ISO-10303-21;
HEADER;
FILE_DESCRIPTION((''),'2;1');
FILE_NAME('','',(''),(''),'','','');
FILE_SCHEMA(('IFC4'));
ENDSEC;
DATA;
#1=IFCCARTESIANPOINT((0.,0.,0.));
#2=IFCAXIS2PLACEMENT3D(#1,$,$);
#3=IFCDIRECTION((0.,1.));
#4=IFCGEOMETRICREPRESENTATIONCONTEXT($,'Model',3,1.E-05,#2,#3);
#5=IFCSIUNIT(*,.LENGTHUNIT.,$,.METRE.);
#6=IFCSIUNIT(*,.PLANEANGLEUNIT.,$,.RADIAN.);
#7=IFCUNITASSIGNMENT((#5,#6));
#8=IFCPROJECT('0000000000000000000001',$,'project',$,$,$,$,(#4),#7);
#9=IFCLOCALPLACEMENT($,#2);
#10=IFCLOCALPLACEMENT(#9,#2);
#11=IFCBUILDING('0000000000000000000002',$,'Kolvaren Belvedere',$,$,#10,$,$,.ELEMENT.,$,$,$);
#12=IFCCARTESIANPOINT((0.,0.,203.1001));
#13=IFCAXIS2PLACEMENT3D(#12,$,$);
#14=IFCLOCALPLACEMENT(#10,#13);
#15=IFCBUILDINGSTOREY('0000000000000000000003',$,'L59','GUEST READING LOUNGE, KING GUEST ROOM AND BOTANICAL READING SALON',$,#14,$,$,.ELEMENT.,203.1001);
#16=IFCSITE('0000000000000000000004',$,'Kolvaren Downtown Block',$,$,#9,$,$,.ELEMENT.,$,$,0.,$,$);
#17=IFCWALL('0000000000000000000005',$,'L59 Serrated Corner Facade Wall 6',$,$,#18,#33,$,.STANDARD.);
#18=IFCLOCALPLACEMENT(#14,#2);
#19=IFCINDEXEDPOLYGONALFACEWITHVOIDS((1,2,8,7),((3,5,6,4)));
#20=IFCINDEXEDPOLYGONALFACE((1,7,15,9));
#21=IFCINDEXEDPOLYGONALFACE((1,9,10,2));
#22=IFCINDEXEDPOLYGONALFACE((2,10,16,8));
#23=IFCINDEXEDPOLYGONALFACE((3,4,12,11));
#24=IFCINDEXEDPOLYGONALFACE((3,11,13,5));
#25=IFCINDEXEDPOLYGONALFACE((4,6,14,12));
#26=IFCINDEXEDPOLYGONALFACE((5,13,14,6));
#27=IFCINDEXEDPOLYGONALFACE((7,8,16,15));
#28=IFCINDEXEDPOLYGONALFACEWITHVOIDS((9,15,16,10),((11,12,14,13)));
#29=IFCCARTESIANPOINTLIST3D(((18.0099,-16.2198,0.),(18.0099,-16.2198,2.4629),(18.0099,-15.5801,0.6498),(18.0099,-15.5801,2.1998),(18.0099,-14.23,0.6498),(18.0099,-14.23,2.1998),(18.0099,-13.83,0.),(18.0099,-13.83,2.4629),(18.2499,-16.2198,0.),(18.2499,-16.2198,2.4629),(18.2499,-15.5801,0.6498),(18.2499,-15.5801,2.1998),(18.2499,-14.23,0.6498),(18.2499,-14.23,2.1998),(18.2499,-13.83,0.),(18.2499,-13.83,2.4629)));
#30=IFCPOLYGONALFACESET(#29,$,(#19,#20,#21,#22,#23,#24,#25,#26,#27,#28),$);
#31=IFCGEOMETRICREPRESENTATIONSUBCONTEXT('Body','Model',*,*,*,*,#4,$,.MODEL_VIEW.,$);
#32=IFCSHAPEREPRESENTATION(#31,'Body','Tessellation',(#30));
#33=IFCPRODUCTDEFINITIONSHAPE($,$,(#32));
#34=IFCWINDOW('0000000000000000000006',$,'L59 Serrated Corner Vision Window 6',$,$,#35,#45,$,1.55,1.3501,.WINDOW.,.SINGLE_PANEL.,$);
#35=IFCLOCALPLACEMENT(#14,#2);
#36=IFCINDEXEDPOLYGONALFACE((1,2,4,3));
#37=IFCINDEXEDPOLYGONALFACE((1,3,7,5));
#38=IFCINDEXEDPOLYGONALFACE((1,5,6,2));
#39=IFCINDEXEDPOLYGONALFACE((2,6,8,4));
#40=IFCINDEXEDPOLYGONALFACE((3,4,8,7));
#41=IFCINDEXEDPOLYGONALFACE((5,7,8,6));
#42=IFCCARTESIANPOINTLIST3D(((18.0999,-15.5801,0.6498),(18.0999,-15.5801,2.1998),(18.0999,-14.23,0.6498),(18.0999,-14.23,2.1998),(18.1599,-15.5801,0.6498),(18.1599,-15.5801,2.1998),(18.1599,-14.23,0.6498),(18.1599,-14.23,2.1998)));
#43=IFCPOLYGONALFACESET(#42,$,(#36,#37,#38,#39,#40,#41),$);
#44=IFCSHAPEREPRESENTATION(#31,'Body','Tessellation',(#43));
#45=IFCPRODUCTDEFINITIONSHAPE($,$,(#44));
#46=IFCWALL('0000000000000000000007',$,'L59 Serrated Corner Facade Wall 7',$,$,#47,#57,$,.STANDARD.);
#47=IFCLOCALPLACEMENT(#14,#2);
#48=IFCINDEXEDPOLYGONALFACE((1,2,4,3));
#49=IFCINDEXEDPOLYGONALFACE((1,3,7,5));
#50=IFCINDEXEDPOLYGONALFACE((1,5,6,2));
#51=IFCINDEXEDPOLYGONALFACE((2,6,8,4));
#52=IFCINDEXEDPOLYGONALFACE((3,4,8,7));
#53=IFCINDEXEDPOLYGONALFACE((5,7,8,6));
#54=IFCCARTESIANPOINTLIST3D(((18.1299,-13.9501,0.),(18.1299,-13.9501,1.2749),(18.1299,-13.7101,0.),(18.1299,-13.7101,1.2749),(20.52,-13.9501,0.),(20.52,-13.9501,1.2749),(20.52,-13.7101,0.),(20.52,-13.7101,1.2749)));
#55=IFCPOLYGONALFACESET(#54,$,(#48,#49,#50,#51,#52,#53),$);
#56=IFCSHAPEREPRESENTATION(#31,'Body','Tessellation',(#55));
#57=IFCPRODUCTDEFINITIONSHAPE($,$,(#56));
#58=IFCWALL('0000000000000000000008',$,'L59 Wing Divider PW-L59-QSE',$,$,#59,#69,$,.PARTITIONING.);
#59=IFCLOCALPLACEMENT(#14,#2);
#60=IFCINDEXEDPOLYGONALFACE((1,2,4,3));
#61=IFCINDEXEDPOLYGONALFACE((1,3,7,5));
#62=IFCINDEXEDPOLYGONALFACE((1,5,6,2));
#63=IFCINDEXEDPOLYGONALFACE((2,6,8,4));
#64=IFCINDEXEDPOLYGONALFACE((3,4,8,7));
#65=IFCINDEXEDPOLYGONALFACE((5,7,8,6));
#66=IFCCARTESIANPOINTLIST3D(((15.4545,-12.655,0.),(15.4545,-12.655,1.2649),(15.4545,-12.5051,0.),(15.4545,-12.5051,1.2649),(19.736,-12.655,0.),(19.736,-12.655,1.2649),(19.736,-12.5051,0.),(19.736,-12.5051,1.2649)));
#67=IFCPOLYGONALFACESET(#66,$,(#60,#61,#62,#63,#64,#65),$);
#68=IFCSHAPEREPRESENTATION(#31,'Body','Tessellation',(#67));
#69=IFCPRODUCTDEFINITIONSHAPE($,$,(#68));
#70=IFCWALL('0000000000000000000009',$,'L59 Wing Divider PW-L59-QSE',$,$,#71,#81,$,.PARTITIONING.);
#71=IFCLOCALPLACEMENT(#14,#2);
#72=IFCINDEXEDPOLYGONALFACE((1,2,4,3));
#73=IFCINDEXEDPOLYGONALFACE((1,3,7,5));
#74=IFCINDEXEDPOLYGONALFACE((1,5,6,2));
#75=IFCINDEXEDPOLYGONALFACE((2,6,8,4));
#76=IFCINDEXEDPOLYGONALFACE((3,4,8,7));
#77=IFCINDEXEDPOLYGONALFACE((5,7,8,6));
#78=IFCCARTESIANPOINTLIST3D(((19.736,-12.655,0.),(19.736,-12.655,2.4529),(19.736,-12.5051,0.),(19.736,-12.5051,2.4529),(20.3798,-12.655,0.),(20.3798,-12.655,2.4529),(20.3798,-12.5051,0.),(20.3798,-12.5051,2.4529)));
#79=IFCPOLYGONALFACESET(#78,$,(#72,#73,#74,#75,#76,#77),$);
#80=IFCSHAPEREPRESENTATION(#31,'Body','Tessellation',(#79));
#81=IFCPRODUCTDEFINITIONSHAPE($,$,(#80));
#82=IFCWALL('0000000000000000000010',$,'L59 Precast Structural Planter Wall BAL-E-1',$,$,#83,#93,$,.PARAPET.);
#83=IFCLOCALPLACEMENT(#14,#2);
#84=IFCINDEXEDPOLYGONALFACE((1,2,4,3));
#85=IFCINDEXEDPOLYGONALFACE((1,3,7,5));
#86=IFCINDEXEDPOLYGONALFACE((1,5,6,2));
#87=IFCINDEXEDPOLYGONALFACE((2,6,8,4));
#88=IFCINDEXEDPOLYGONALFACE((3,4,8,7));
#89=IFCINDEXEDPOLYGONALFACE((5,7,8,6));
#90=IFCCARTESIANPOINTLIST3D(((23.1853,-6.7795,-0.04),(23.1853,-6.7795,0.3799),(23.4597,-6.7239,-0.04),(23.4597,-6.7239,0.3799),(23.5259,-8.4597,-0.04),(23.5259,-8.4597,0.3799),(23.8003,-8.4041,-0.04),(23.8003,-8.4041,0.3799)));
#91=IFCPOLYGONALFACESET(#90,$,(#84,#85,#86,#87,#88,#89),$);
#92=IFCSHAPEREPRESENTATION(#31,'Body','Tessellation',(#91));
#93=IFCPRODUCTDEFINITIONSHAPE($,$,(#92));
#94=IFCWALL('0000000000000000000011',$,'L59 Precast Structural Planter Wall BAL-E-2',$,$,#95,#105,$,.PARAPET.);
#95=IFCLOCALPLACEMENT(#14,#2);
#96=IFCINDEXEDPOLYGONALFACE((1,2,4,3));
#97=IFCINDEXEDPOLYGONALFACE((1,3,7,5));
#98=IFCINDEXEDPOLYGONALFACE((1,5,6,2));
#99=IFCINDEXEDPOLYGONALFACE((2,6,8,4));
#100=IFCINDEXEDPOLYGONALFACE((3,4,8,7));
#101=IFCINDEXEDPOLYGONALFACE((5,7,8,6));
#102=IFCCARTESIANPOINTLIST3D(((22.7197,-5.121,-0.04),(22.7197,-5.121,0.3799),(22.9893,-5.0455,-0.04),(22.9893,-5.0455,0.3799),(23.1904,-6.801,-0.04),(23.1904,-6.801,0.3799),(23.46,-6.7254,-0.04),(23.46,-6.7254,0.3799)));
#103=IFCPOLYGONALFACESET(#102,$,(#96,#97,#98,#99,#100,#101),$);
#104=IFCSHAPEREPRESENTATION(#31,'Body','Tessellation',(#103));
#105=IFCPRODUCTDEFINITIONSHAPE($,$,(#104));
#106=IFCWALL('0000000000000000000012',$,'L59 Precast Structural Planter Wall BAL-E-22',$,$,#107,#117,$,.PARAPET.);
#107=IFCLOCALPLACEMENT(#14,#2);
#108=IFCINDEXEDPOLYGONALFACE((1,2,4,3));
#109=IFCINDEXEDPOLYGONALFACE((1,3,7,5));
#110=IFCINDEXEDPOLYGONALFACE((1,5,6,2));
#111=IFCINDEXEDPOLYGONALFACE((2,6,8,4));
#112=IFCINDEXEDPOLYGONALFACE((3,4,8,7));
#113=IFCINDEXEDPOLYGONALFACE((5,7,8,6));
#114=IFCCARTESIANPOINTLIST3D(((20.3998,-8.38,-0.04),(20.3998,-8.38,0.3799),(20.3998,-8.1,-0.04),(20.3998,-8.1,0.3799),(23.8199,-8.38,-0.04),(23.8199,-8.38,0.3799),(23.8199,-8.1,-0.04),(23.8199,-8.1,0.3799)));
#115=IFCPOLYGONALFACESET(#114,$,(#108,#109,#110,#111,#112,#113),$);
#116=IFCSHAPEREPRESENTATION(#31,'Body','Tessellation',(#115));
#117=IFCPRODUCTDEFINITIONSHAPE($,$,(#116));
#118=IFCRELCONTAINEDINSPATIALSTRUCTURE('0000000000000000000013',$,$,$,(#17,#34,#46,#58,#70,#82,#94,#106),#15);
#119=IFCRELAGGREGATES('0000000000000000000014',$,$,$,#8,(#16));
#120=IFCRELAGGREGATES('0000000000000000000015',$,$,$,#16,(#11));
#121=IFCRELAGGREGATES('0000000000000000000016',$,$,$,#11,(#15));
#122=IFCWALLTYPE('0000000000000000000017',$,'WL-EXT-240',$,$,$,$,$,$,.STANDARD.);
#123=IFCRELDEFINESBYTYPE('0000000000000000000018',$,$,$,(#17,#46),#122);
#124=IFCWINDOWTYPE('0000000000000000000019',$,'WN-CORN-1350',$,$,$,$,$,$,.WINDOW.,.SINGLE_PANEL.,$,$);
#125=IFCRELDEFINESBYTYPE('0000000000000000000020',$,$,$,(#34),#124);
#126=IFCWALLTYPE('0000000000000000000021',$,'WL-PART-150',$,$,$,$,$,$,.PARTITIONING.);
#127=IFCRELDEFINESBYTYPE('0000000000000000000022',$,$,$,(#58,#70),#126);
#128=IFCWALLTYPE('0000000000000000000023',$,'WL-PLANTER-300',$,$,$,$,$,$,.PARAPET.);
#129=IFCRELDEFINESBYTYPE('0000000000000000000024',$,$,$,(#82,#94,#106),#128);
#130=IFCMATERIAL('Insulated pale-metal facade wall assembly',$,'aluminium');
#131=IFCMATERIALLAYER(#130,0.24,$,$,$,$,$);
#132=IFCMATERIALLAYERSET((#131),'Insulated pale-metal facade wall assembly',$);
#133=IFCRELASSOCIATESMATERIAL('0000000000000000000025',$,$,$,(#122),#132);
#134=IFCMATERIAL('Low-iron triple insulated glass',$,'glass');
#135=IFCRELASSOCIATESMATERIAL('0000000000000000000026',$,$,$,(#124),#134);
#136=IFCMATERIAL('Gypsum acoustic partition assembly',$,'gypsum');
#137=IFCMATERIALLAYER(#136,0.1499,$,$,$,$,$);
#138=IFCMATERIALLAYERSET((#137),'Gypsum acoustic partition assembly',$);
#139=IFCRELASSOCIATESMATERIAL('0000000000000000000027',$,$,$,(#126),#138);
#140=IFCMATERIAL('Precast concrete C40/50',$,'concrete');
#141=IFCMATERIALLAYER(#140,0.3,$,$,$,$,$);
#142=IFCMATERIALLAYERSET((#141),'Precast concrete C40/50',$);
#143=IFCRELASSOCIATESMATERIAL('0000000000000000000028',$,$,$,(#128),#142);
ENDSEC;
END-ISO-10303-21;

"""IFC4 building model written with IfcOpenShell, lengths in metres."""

from ifc_helpers import new_model, si_unit, direction, frame, frame_2d, origin, place, context, subcontext, project, spatial, rectangle, extrude, material, layer, layer_set, type_object, element, fill, save


model = new_model("IFC4")

# Units and contexts
model_context = context("Model", 3, precision=1e-05, world=origin(), true_north=direction((0.0, 1.0)))
body_context = subcontext(model_context, "Body", "Model", "MODEL_VIEW")
ifc_project = project(units=[si_unit("LENGTHUNIT", "METRE"), si_unit("PLANEANGLEUNIT", "RADIAN")], contexts=[model_context])

# Site, building, storey
site_placement = place(None, origin())
site = spatial("IfcSite", under=ifc_project, at=site_placement, Name="Kolvaren Downtown Block", CompositionType="ELEMENT", RefElevation=0.0)
building_placement = place(site_placement, origin())
building = spatial("IfcBuilding", under=site, at=building_placement, Name="Kolvaren Belvedere", CompositionType="ELEMENT")
storey_placement = place(building_placement, frame((0.0, 0.0, 203.1001)))
storey = spatial("IfcBuildingStorey", under=building, at=storey_placement, Name="L59", Description="GUEST READING LOUNGE, KING GUEST ROOM AND BOTANICAL READING SALON", CompositionType="ELEMENT", Elevation=203.1001)

# Shared definitions
ifc_material_1 = material(Name="Insulated pale-metal facade wall assembly", Category="aluminium")
ifc_layer_1 = layer(ifc_material_1, 0.24)
ifc_layer_set_1 = layer_set([ifc_layer_1], Name="Insulated pale-metal facade wall assembly")
wall_type_1 = type_object("IfcWallType", Name="WL-EXT-240", PredefinedType="STANDARD", material=ifc_layer_set_1)

# Wall, opening, window
ifc_material_2 = material(Name="Low-iron triple insulated glass", Category="glass")
window_type_1 = type_object("IfcWindowType", Name="WN-CORN-1350", PartitioningType="SINGLE_PANEL", PredefinedType="WINDOW", material=ifc_material_2)
wall_1_placement = place(storey_placement, frame((18.1299, -13.8301, 0.0), z_axis=(0.0, 0.0, 1.0), x_axis=(0.0, -1.0, 0.0)))
wall_1 = element("IfcWall", 1, at=wall_1_placement, inside=storey, type_object=wall_type_1, Name="L59 Serrated Corner Facade Wall 6", PredefinedType="STANDARD", context=body_context, shape_type="SweptSolid", body=[
    extrude(rectangle(XDim=2.3899, YDim=0.24, at=frame_2d((1.1948, 0.0))), origin(), (0.0, 0.0, 1.0), 2.4629),
])
opening_1_placement = place(wall_1_placement, frame((0.3999, 0.0, 0.6499)))
opening_1 = element("IfcOpeningElement", 2, at=opening_1_placement, cuts=wall_1, PredefinedType="OPENING", context=body_context, shape_type="SweptSolid", body=[
    extrude(rectangle(XDim=1.3501, YDim=1.55, at=frame_2d((0.675, 0.7749))), frame((0.0, 0.1299, 0.0), z_axis=(0.0, -1.0, 0.0), x_axis=(1.0, 0.0, 0.0)), (0.0, 0.0, 1.0), 0.26),
])
window_1_placement = place(opening_1_placement, origin())
window_1 = element("IfcWindow", 3, at=window_1_placement, inside=storey, type_object=window_type_1, Name="L59 Serrated Corner Vision Window 6", OverallHeight=1.55, OverallWidth=1.3501, PartitioningType="SINGLE_PANEL", PredefinedType="WINDOW", context=body_context, shape_type="SweptSolid", body=[
    extrude(rectangle(XDim=1.3501, YDim=1.55, at=frame_2d((0.675, 0.7749))), frame((0.0, 0.03, 0.0), z_axis=(0.0, -1.0, 0.0), x_axis=(1.0, 0.0, 0.0)), (0.0, 0.0, 1.0), 0.0601),
])
fill(opening_1, window_1)

# Walls
wall_2_placement = place(storey_placement, frame((20.52, -13.8301, 0.0), z_axis=(0.0, 0.0, 1.0), x_axis=(-1.0, 0.0, 0.0)))
element("IfcWall", 4, at=wall_2_placement, inside=storey, type_object=wall_type_1, Name="L59 Serrated Corner Facade Wall 7", PredefinedType="STANDARD", context=body_context, shape_type="SweptSolid", body=[
    extrude(rectangle(XDim=2.3901, YDim=0.24, at=frame_2d((1.1951, 0.0))), origin(), (0.0, 0.0, 1.0), 1.2749),
])
ifc_material_3 = material(Name="Gypsum acoustic partition assembly", Category="gypsum")
ifc_layer_2 = layer(ifc_material_3, 0.1499)
ifc_layer_set_2 = layer_set([ifc_layer_2], Name="Gypsum acoustic partition assembly")
wall_type_2 = type_object("IfcWallType", Name="WL-PART-150", PredefinedType="PARTITIONING", material=ifc_layer_set_2)
wall_3_placement = place(storey_placement, frame((15.4546, -12.5801, 0.0), z_axis=(0.0, 0.0, 1.0), x_axis=(1.0, 0.0, 0.0)))
element("IfcWall", 5, at=wall_3_placement, inside=storey, type_object=wall_type_2, Name="L59 Wing Divider PW-L59-QSE", PredefinedType="PARTITIONING", context=body_context, shape_type="SweptSolid", body=[
    extrude(rectangle(XDim=4.2815, YDim=0.1499, at=frame_2d((2.1406, 0.0))), origin(), (0.0, 0.0, 1.0), 1.2649),
])
wall_4_placement = place(storey_placement, frame((19.7361, -12.5801, 0.0), z_axis=(0.0, 0.0, 1.0), x_axis=(1.0, 0.0, 0.0)))
element("IfcWall", 6, at=wall_4_placement, inside=storey, type_object=wall_type_2, Name="L59 Wing Divider PW-L59-QSE", PredefinedType="PARTITIONING", context=body_context, shape_type="SweptSolid", body=[
    extrude(rectangle(XDim=0.6438, YDim=0.1499, at=frame_2d((0.3218, 0.0))), origin(), (0.0, 0.0, 1.0), 2.4529),
])
ifc_material_4 = material(Name="Precast concrete C40/50", Category="concrete")
ifc_layer_3 = layer(ifc_material_4, 0.3)
ifc_layer_set_3 = layer_set([ifc_layer_3], Name="Precast concrete C40/50")
wall_type_3 = type_object("IfcWallType", Name="WL-PLANTER-300", PredefinedType="PARAPET", material=ifc_layer_set_3)
wall_5_placement = place(storey_placement, frame((23.6631, -8.4319, -0.04), z_axis=(0.0, 0.0, 1.0), x_axis=(-0.198662, 0.980068, 0.0)))
element("IfcWall", 7, at=wall_5_placement, inside=storey, type_object=wall_type_3, Name="L59 Precast Structural Planter Wall BAL-E-1", PredefinedType="PARAPET", context=body_context, shape_type="SweptSolid", body=[
    extrude(rectangle(XDim=1.7144, YDim=0.28, at=frame_2d((0.8572, 0.0))), origin(), (0.0, 0.0, 1.0), 0.4199),
])
wall_6_placement = place(storey_placement, frame((23.3252, -6.7632, -0.04), z_axis=(0.0, 0.0, 1.0), x_axis=(-0.269801, 0.962916, 0.0)))
element("IfcWall", 8, at=wall_6_placement, inside=storey, type_object=wall_type_3, Name="L59 Precast Structural Planter Wall BAL-E-2", PredefinedType="PARAPET", context=body_context, shape_type="SweptSolid", body=[
    extrude(rectangle(XDim=1.7446, YDim=0.28, at=frame_2d((0.8723, 0.0))), origin(), (0.0, 0.0, 1.0), 0.4199),
])
wall_7_placement = place(storey_placement, frame((20.3999, -8.24, -0.04), z_axis=(0.0, 0.0, 1.0), x_axis=(1.0, 0.0, 0.0)))
element("IfcWall", 9, at=wall_7_placement, inside=storey, type_object=wall_type_3, Name="L59 Precast Structural Planter Wall BAL-E-22", PredefinedType="PARAPET", context=body_context, shape_type="SweptSolid", body=[
    extrude(rectangle(XDim=3.4202, YDim=0.28, at=frame_2d((1.71, 0.0))), origin(), (0.0, 0.0, 1.0), 0.4199),
])

save(model, "model.ifc")
